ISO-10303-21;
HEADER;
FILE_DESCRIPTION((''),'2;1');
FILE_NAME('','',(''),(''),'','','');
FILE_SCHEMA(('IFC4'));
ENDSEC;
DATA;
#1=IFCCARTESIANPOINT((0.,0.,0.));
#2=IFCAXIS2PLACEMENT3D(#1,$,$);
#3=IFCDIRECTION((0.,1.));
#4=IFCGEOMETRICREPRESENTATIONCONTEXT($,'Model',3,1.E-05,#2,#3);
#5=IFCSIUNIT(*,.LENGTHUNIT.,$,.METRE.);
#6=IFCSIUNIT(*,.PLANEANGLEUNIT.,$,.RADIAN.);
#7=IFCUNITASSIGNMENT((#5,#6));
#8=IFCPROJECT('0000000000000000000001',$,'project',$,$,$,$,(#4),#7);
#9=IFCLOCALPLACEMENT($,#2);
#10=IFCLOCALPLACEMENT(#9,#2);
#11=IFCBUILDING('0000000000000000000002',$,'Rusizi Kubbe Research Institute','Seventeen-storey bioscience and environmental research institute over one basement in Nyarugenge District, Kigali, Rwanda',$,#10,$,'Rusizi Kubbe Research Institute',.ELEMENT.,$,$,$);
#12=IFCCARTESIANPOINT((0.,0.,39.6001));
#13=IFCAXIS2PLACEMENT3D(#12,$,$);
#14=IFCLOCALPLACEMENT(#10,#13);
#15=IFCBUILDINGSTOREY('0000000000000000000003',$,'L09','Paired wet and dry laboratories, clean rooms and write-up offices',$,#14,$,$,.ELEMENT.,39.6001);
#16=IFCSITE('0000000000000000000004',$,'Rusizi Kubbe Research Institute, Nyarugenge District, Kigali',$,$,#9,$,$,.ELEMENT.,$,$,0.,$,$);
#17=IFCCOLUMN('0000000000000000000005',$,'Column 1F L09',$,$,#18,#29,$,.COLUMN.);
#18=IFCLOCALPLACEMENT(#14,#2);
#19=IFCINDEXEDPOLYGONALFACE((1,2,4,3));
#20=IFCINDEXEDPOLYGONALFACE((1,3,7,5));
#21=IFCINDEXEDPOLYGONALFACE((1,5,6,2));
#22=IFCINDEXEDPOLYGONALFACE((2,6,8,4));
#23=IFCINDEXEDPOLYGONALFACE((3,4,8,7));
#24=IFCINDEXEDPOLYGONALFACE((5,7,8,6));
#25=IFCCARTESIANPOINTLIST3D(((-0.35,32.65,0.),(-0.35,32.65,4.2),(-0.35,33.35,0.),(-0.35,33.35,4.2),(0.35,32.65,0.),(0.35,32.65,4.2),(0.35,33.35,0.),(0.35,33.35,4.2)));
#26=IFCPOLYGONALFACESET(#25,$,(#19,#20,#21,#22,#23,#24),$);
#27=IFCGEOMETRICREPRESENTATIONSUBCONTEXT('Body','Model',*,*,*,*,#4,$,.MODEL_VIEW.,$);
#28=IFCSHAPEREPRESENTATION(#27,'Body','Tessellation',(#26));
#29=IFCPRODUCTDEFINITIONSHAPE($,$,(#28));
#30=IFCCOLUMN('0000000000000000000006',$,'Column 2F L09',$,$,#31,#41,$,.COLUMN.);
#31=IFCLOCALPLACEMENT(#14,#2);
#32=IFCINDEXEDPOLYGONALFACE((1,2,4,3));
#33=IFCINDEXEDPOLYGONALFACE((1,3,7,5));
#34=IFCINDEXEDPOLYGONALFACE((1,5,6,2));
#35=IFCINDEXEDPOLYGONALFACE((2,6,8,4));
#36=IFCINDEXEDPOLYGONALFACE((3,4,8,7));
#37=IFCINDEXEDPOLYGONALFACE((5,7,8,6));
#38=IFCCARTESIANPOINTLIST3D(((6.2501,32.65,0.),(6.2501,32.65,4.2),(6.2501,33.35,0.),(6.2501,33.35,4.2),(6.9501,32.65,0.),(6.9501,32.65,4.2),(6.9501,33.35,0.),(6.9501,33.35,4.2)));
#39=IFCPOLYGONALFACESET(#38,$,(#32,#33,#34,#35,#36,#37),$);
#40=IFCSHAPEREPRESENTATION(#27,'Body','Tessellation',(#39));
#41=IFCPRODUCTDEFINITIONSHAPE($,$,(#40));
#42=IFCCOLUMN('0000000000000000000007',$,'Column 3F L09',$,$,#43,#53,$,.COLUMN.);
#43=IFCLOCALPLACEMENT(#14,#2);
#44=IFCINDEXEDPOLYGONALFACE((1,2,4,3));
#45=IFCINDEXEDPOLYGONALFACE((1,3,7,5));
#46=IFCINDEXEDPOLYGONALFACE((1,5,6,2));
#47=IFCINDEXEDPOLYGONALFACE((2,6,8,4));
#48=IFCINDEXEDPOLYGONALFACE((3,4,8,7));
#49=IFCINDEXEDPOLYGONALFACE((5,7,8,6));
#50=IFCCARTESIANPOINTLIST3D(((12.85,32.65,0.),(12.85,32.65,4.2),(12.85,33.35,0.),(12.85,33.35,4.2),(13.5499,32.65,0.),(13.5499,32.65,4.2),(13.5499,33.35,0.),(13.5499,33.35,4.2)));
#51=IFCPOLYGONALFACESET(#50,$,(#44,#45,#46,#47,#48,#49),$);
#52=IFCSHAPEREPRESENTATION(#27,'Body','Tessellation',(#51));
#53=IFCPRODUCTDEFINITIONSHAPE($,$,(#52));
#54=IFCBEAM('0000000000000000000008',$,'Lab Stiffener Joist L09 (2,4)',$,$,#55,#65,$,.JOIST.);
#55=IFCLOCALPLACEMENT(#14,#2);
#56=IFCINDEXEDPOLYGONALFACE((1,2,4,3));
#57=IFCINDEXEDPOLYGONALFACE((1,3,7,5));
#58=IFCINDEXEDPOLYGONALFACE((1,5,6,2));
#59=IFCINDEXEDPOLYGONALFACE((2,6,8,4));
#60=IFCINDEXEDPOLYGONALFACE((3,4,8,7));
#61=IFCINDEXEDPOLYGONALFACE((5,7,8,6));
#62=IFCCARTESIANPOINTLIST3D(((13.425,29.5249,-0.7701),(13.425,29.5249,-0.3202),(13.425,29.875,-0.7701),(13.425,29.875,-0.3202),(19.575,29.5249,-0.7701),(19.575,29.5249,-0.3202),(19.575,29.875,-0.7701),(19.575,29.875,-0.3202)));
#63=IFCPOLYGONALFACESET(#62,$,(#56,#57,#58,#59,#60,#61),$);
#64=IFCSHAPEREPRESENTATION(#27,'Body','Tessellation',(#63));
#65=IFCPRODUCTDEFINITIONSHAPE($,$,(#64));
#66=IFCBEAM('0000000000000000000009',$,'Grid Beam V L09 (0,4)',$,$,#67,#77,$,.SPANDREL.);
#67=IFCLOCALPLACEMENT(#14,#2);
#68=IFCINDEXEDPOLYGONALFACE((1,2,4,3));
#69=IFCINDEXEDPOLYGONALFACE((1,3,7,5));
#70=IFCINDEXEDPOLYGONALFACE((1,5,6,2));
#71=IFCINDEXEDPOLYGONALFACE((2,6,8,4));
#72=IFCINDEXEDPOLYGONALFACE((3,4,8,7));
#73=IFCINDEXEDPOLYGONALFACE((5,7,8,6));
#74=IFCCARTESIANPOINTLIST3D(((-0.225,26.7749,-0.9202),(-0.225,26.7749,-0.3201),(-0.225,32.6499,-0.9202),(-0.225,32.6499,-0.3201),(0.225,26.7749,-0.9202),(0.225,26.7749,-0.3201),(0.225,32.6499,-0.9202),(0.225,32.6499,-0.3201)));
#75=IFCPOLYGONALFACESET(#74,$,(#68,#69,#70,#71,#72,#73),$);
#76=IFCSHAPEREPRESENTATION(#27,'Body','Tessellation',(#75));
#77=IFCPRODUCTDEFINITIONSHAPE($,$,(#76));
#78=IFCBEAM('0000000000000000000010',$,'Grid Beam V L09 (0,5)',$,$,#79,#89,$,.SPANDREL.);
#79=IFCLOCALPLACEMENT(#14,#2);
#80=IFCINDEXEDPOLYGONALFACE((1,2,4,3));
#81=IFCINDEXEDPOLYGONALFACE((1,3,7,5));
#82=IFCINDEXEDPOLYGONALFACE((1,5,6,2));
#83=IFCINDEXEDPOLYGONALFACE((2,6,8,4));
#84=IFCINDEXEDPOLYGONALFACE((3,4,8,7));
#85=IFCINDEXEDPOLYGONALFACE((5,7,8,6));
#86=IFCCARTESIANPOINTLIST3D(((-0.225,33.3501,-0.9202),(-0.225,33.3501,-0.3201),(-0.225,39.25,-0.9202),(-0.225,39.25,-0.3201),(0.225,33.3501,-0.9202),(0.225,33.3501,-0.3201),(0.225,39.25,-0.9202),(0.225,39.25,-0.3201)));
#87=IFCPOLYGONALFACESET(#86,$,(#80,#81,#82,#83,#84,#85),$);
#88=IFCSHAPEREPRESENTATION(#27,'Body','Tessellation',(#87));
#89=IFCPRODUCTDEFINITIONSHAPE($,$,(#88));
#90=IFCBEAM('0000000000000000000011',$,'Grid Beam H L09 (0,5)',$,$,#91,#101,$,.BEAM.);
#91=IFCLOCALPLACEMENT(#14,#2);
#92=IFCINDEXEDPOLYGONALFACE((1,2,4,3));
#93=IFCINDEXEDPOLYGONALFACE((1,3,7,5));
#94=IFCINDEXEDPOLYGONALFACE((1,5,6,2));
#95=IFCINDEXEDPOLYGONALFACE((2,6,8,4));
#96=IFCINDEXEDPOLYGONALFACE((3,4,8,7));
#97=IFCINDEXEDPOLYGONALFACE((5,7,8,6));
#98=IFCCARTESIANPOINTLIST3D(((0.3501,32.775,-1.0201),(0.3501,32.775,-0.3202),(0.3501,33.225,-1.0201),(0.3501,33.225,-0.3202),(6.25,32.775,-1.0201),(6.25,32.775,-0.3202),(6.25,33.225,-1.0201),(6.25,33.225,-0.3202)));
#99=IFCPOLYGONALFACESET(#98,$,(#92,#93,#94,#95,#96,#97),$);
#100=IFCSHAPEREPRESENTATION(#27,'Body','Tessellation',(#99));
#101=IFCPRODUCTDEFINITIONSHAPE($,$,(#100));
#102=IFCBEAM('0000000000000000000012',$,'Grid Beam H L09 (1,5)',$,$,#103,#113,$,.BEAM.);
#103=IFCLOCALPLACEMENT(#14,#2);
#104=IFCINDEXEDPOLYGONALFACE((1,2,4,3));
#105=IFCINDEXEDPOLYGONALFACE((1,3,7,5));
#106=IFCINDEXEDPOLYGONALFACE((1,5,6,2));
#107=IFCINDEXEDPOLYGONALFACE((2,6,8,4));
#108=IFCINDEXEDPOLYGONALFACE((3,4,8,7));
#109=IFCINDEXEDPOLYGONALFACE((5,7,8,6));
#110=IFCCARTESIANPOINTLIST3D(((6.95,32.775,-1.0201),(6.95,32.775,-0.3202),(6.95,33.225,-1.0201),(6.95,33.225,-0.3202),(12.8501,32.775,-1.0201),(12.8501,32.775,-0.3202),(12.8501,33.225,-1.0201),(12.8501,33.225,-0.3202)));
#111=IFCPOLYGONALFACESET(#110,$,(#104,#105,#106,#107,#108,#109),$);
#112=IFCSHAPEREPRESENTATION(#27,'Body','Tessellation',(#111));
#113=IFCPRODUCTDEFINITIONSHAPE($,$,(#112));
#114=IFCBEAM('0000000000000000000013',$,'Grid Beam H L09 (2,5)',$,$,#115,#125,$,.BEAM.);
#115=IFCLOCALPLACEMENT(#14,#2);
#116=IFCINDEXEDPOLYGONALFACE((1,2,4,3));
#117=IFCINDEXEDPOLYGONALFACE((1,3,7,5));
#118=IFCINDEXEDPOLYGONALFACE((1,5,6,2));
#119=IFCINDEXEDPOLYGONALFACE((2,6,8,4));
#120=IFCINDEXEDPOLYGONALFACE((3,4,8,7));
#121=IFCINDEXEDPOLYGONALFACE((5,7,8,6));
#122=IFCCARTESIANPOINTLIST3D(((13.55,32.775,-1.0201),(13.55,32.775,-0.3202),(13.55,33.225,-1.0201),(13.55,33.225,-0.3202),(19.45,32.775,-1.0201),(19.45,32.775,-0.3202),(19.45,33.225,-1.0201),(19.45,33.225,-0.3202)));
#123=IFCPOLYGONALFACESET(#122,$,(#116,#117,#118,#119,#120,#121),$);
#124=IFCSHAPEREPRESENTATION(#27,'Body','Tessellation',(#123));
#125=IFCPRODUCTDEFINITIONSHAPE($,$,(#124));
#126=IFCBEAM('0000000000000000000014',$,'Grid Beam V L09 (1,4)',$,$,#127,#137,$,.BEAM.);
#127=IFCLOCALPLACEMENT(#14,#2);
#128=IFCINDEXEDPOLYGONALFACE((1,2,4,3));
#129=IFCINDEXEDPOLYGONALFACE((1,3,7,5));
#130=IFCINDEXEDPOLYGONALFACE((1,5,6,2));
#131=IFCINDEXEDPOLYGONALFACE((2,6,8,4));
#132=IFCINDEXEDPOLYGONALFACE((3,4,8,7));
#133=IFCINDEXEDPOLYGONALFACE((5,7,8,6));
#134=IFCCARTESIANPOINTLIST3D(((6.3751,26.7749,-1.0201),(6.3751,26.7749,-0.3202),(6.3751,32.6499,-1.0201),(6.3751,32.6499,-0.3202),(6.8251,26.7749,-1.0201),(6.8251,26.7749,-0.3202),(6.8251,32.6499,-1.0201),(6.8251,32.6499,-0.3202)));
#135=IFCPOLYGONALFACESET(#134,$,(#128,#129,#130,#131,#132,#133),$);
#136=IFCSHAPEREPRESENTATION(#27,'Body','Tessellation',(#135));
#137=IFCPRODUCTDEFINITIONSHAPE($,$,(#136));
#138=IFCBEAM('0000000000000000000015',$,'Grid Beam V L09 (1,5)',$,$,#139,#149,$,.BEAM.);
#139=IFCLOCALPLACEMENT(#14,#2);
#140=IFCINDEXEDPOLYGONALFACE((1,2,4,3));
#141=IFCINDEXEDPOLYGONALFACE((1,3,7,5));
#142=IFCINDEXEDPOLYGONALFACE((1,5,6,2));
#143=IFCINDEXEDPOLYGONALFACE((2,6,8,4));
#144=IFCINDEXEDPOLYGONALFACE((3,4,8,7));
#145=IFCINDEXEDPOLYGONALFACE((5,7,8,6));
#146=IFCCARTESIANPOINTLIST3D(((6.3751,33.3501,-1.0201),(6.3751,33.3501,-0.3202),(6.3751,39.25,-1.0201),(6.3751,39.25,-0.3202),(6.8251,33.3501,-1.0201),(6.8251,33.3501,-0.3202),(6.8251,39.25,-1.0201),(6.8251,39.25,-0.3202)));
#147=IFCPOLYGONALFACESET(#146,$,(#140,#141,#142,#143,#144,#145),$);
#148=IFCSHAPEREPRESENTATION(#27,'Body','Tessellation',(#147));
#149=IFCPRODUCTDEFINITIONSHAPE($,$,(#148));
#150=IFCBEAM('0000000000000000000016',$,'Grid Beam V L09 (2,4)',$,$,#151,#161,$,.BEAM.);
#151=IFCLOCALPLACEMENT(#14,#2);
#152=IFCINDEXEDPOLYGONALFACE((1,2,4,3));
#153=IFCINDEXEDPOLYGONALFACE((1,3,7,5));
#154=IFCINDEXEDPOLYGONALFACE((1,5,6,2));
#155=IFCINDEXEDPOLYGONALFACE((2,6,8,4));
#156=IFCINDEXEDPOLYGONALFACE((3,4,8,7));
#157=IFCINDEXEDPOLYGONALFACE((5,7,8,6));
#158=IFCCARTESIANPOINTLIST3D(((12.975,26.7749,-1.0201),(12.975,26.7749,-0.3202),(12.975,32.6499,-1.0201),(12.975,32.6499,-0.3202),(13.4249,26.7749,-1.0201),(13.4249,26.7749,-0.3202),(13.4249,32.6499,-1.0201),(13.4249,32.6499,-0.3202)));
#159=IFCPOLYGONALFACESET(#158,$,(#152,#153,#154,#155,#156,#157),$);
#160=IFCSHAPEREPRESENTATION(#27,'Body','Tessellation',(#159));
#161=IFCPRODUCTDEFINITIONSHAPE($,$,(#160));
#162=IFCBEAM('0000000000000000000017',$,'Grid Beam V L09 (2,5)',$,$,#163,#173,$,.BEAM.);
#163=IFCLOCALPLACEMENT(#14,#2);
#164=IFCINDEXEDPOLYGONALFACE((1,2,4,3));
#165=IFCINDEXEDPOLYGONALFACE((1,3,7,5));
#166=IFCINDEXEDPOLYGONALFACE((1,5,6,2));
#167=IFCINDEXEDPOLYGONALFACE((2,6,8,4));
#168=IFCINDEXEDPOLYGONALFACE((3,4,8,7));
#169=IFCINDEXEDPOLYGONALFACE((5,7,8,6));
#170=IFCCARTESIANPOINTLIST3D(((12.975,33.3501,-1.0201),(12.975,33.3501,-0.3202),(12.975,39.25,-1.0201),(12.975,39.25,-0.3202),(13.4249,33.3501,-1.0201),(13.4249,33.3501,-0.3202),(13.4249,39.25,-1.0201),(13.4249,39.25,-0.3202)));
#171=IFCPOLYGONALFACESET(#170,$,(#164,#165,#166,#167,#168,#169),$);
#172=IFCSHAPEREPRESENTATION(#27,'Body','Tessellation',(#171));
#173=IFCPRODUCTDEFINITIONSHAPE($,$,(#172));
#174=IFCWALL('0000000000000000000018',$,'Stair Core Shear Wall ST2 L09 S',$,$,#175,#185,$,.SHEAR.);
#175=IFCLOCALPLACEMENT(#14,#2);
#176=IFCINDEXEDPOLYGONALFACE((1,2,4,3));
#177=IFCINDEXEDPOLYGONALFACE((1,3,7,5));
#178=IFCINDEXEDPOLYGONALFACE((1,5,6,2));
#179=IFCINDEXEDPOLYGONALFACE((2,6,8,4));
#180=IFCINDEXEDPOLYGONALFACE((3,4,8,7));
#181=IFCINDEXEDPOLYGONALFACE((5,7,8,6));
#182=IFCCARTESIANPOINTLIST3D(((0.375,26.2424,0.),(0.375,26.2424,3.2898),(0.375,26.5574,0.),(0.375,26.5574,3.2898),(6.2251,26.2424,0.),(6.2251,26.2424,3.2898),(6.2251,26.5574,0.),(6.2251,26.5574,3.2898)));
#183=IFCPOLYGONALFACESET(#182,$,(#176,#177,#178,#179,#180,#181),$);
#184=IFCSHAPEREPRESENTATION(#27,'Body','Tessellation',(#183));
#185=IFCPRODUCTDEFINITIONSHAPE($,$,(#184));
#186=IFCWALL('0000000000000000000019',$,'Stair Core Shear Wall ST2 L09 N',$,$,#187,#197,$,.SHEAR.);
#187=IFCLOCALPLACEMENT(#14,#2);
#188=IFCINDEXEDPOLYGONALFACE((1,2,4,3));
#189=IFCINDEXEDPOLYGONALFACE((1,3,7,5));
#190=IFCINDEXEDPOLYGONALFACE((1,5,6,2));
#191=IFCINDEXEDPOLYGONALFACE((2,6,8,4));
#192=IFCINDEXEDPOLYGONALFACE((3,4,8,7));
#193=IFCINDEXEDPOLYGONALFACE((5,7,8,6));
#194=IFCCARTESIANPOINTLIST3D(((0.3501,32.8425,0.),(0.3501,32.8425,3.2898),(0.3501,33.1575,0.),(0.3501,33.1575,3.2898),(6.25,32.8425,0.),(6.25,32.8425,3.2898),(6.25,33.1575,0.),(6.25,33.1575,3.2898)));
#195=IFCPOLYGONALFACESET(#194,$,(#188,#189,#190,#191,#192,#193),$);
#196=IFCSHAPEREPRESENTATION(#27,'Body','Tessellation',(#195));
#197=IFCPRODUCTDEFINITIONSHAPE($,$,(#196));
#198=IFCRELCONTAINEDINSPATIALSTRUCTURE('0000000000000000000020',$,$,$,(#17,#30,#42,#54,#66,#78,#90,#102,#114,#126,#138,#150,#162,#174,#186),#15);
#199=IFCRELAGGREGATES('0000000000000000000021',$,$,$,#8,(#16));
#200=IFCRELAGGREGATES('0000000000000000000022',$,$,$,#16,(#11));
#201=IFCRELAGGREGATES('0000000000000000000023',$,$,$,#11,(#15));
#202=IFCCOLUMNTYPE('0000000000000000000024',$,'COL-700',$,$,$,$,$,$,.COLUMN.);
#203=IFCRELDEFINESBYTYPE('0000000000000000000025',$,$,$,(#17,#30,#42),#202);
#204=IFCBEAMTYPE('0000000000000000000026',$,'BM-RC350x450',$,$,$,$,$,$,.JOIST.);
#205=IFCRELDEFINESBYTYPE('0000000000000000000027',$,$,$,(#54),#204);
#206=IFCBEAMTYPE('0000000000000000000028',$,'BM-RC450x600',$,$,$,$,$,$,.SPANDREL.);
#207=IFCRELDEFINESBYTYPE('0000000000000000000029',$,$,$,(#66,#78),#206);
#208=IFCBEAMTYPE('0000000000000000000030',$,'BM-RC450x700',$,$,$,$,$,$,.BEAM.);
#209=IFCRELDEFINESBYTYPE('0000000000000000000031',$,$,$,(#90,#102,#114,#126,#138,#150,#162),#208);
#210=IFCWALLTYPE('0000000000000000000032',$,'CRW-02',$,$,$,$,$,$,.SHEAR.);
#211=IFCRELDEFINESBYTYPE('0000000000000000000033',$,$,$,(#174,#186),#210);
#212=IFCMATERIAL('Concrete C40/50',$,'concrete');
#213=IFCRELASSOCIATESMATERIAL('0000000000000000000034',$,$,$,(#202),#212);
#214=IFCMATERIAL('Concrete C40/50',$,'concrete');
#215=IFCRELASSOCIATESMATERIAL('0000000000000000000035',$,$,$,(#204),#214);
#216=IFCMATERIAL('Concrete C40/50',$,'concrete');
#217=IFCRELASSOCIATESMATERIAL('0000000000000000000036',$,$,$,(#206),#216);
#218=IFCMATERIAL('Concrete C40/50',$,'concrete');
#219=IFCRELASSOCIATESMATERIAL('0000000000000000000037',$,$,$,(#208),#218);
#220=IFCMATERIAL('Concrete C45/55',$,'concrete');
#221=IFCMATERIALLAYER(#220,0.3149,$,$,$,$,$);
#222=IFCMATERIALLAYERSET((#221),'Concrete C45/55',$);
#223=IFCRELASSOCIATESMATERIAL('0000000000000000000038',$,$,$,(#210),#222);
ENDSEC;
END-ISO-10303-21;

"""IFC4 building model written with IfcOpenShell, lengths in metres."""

from ifc_helpers import new_model, si_unit, direction, frame, frame_2d, origin, origin_2d, place, context, subcontext, project, spatial, rectangle, extrude, material, layer, layer_set, material_profile, profile_set, type_object, element, save


model = new_model("IFC4")

# Units and contexts
model_context = context("Model", 3, precision=1e-05, world=origin(), true_north=direction((0.0, 1.0)))
body_context = subcontext(model_context, "Body", "Model", "MODEL_VIEW")
ifc_project = project(units=[si_unit("LENGTHUNIT", "METRE"), si_unit("PLANEANGLEUNIT", "RADIAN")], contexts=[model_context])

# Site, building, storey
site_placement = place(None, origin())
site = spatial("IfcSite", under=ifc_project, at=site_placement, Name="Rusizi Kubbe Research Institute, Nyarugenge District, Kigali", CompositionType="ELEMENT", RefElevation=0.0)
building_placement = place(site_placement, origin())
building = spatial("IfcBuilding", under=site, at=building_placement, Name="Rusizi Kubbe Research Institute", Description="Seventeen-storey bioscience and environmental research institute over one basement in Nyarugenge District, Kigali, Rwanda", LongName="Rusizi Kubbe Research Institute", CompositionType="ELEMENT")
storey_placement = place(building_placement, frame((0.0, 0.0, 39.6001)))
storey = spatial("IfcBuildingStorey", under=building, at=storey_placement, Name="L09", Description="Paired wet and dry laboratories, clean rooms and write-up offices", CompositionType="ELEMENT", Elevation=39.6001)

# Columns
ifc_material_1 = material(Name="Concrete C40/50", Category="concrete")
ifc_material_profile_1 = material_profile(ifc_material_1, rectangle(XDim=0.7, YDim=0.7, at=origin_2d()), Name="RC700x700")
ifc_profile_set_1 = profile_set([ifc_material_profile_1], Name="Concrete C40/50")
column_type = type_object("IfcColumnType", Name="COL-700", PredefinedType="COLUMN", material=ifc_profile_set_1)
for number, where, z_axis, x_axis, name in (
    (1, (0.0, 33.0, 0.0), (0.0, 0.0, 1.0), (1.0, 0.0, 0.0), "Column 1F L09"),
    (2, (6.6001, 33.0, 0.0), (0.0, 0.0, 1.0), (1.0, 0.0, 0.0), "Column 2F L09"),
    (3, (13.2, 33.0, 0.0), (0.0, 0.0, 1.0), (1.0, 0.0, 0.0), "Column 3F L09"),
):
    element("IfcColumn", number, at=place(storey_placement, frame(where, z_axis=z_axis, x_axis=x_axis)), inside=storey, type_object=column_type, Name=name, PredefinedType="COLUMN", context=body_context, shape_type="SweptSolid", body=[
        extrude(rectangle(XDim=0.7, YDim=0.7, at=origin_2d()), origin(), (0.0, 0.0, 1.0), 4.2),
    ])

# Beams
ifc_material_2 = material(Name="Concrete C40/50", Category="concrete")
ifc_material_profile_2 = material_profile(ifc_material_2, rectangle(XDim=0.3501, YDim=0.45, at=origin_2d()), Name="RC350x450")
ifc_profile_set_2 = profile_set([ifc_material_profile_2], Name="Concrete C40/50")
beam_type_1 = type_object("IfcBeamType", Name="BM-RC350x450", PredefinedType="JOIST", material=ifc_profile_set_2)
beam_1_placement = place(storey_placement, frame((13.425, 29.7, -0.5452), z_axis=(1.0, 0.0, 0.0), x_axis=(0.0, 1.0, 0.0)))
element("IfcBeam", 4, at=beam_1_placement, inside=storey, type_object=beam_type_1, Name="Lab Stiffener Joist L09 (2,4)", PredefinedType="JOIST", context=body_context, shape_type="SweptSolid", body=[
    extrude(rectangle(XDim=0.3501, YDim=0.45, at=origin_2d()), origin(), (0.0, 0.0, 1.0), 6.1499),
])
ifc_material_3 = material(Name="Concrete C40/50", Category="concrete")
ifc_material_profile_3 = material_profile(ifc_material_3, rectangle(XDim=0.45, YDim=0.6001, at=origin_2d()), Name="RC450x600")
ifc_profile_set_3 = profile_set([ifc_material_profile_3], Name="Concrete C40/50")
beam_type_2 = type_object("IfcBeamType", Name="BM-RC450x600", PredefinedType="SPANDREL", material=ifc_profile_set_3)
beam_2_placement = place(storey_placement, frame((0.0, 26.7749, -0.6201), z_axis=(0.0, 1.0, 0.0), x_axis=(-1.0, 0.0, 0.0)))
element("IfcBeam", 5, at=beam_2_placement, inside=storey, type_object=beam_type_2, Name="Grid Beam V L09 (0,4)", PredefinedType="SPANDREL", context=body_context, shape_type="SweptSolid", body=[
    extrude(rectangle(XDim=0.45, YDim=0.6001, at=origin_2d()), origin(), (0.0, 0.0, 1.0), 5.875),
])
beam_3_placement = place(storey_placement, frame((0.0, 33.3501, -0.6201), z_axis=(0.0, 1.0, 0.0), x_axis=(-1.0, 0.0, 0.0)))
element("IfcBeam", 6, at=beam_3_placement, inside=storey, type_object=beam_type_2, Name="Grid Beam V L09 (0,5)", PredefinedType="SPANDREL", context=body_context, shape_type="SweptSolid", body=[
    extrude(rectangle(XDim=0.45, YDim=0.6001, at=origin_2d()), origin(), (0.0, 0.0, 1.0), 5.8999),
])
ifc_material_4 = material(Name="Concrete C40/50", Category="concrete")
ifc_material_profile_4 = material_profile(ifc_material_4, rectangle(XDim=0.45, YDim=0.7, at=origin_2d()), Name="RC450x700B")
ifc_profile_set_4 = profile_set([ifc_material_profile_4], Name="Concrete C40/50")
beam_type_3 = type_object("IfcBeamType", Name="BM-RC450x700", PredefinedType="BEAM", material=ifc_profile_set_4)
beam_4_placement = place(storey_placement, frame((0.3501, 33.0, -0.6702), z_axis=(1.0, 0.0, 0.0), x_axis=(0.0, 1.0, 0.0)))
element("IfcBeam", 7, at=beam_4_placement, inside=storey, type_object=beam_type_3, Name="Grid Beam H L09 (0,5)", PredefinedType="BEAM", context=body_context, shape_type="SweptSolid", body=[
    extrude(rectangle(XDim=0.45, YDim=0.7, at=origin_2d()), origin(), (0.0, 0.0, 1.0), 5.8999),
])
beam_5_placement = place(storey_placement, frame((6.95, 33.0, -0.6702), z_axis=(1.0, 0.0, 0.0), x_axis=(0.0, 1.0, 0.0)))
element("IfcBeam", 8, at=beam_5_placement, inside=storey, type_object=beam_type_3, Name="Grid Beam H L09 (1,5)", PredefinedType="BEAM", context=body_context, shape_type="SweptSolid", body=[
    extrude(rectangle(XDim=0.45, YDim=0.7, at=origin_2d()), origin(), (0.0, 0.0, 1.0), 5.9001),
])
beam_6_placement = place(storey_placement, frame((13.55, 33.0, -0.6702), z_axis=(1.0, 0.0, 0.0), x_axis=(0.0, 1.0, 0.0)))
element("IfcBeam", 9, at=beam_6_placement, inside=storey, type_object=beam_type_3, Name="Grid Beam H L09 (2,5)", PredefinedType="BEAM", context=body_context, shape_type="SweptSolid", body=[
    extrude(rectangle(XDim=0.45, YDim=0.7, at=origin_2d()), origin(), (0.0, 0.0, 1.0), 5.8999),
])
beam_7_placement = place(storey_placement, frame((6.6001, 26.7749, -0.6702), z_axis=(0.0, 1.0, 0.0), x_axis=(-1.0, 0.0, 0.0)))
element("IfcBeam", 10, at=beam_7_placement, inside=storey, type_object=beam_type_3, Name="Grid Beam V L09 (1,4)", PredefinedType="BEAM", context=body_context, shape_type="SweptSolid", body=[
    extrude(rectangle(XDim=0.45, YDim=0.7, at=origin_2d()), origin(), (0.0, 0.0, 1.0), 5.875),
])
beam_8_placement = place(storey_placement, frame((6.6001, 33.3501, -0.6702), z_axis=(0.0, 1.0, 0.0), x_axis=(-1.0, 0.0, 0.0)))
element("IfcBeam", 11, at=beam_8_placement, inside=storey, type_object=beam_type_3, Name="Grid Beam V L09 (1,5)", PredefinedType="BEAM", context=body_context, shape_type="SweptSolid", body=[
    extrude(rectangle(XDim=0.45, YDim=0.7, at=origin_2d()), origin(), (0.0, 0.0, 1.0), 5.8999),
])
beam_9_placement = place(storey_placement, frame((13.2, 26.7749, -0.6702), z_axis=(0.0, 1.0, 0.0), x_axis=(-1.0, 0.0, 0.0)))
element("IfcBeam", 12, at=beam_9_placement, inside=storey, type_object=beam_type_3, Name="Grid Beam V L09 (2,4)", PredefinedType="BEAM", context=body_context, shape_type="SweptSolid", body=[
    extrude(rectangle(XDim=0.45, YDim=0.7, at=origin_2d()), origin(), (0.0, 0.0, 1.0), 5.875),
])
beam_10_placement = place(storey_placement, frame((13.2, 33.3501, -0.6702), z_axis=(0.0, 1.0, 0.0), x_axis=(-1.0, 0.0, 0.0)))
element("IfcBeam", 13, at=beam_10_placement, inside=storey, type_object=beam_type_3, Name="Grid Beam V L09 (2,5)", PredefinedType="BEAM", context=body_context, shape_type="SweptSolid", body=[
    extrude(rectangle(XDim=0.45, YDim=0.7, at=origin_2d()), origin(), (0.0, 0.0, 1.0), 5.8999),
])

# Walls
ifc_material_5 = material(Name="Concrete C45/55", Category="concrete")
ifc_layer_1 = layer(ifc_material_5, 0.3149)
ifc_layer_set_1 = layer_set([ifc_layer_1], Name="Concrete C45/55")
wall_type_1 = type_object("IfcWallType", Name="CRW-02", PredefinedType="SHEAR", material=ifc_layer_set_1)
wall_1_placement = place(storey_placement, frame((0.375, 26.3999, 0.0), z_axis=(0.0, 0.0, 1.0), x_axis=(1.0, 0.0, 0.0)))
element("IfcWall", 14, at=wall_1_placement, inside=storey, type_object=wall_type_1, Name="Stair Core Shear Wall ST2 L09 S", PredefinedType="SHEAR", context=body_context, shape_type="SweptSolid", body=[
    extrude(rectangle(XDim=5.8501, YDim=0.3149, at=frame_2d((2.925, 0.0))), origin(), (0.0, 0.0, 1.0), 3.2898),
])
wall_2_placement = place(storey_placement, frame((0.3501, 33.0, 0.0), z_axis=(0.0, 0.0, 1.0), x_axis=(1.0, 0.0, 0.0)))
element("IfcWall", 15, at=wall_2_placement, inside=storey, type_object=wall_type_1, Name="Stair Core Shear Wall ST2 L09 N", PredefinedType="SHEAR", context=body_context, shape_type="SweptSolid", body=[
    extrude(rectangle(XDim=5.8999, YDim=0.3149, at=frame_2d((2.95, 0.0))), origin(), (0.0, 0.0, 1.0), 3.2898),
])

save(model, "model.ifc")
